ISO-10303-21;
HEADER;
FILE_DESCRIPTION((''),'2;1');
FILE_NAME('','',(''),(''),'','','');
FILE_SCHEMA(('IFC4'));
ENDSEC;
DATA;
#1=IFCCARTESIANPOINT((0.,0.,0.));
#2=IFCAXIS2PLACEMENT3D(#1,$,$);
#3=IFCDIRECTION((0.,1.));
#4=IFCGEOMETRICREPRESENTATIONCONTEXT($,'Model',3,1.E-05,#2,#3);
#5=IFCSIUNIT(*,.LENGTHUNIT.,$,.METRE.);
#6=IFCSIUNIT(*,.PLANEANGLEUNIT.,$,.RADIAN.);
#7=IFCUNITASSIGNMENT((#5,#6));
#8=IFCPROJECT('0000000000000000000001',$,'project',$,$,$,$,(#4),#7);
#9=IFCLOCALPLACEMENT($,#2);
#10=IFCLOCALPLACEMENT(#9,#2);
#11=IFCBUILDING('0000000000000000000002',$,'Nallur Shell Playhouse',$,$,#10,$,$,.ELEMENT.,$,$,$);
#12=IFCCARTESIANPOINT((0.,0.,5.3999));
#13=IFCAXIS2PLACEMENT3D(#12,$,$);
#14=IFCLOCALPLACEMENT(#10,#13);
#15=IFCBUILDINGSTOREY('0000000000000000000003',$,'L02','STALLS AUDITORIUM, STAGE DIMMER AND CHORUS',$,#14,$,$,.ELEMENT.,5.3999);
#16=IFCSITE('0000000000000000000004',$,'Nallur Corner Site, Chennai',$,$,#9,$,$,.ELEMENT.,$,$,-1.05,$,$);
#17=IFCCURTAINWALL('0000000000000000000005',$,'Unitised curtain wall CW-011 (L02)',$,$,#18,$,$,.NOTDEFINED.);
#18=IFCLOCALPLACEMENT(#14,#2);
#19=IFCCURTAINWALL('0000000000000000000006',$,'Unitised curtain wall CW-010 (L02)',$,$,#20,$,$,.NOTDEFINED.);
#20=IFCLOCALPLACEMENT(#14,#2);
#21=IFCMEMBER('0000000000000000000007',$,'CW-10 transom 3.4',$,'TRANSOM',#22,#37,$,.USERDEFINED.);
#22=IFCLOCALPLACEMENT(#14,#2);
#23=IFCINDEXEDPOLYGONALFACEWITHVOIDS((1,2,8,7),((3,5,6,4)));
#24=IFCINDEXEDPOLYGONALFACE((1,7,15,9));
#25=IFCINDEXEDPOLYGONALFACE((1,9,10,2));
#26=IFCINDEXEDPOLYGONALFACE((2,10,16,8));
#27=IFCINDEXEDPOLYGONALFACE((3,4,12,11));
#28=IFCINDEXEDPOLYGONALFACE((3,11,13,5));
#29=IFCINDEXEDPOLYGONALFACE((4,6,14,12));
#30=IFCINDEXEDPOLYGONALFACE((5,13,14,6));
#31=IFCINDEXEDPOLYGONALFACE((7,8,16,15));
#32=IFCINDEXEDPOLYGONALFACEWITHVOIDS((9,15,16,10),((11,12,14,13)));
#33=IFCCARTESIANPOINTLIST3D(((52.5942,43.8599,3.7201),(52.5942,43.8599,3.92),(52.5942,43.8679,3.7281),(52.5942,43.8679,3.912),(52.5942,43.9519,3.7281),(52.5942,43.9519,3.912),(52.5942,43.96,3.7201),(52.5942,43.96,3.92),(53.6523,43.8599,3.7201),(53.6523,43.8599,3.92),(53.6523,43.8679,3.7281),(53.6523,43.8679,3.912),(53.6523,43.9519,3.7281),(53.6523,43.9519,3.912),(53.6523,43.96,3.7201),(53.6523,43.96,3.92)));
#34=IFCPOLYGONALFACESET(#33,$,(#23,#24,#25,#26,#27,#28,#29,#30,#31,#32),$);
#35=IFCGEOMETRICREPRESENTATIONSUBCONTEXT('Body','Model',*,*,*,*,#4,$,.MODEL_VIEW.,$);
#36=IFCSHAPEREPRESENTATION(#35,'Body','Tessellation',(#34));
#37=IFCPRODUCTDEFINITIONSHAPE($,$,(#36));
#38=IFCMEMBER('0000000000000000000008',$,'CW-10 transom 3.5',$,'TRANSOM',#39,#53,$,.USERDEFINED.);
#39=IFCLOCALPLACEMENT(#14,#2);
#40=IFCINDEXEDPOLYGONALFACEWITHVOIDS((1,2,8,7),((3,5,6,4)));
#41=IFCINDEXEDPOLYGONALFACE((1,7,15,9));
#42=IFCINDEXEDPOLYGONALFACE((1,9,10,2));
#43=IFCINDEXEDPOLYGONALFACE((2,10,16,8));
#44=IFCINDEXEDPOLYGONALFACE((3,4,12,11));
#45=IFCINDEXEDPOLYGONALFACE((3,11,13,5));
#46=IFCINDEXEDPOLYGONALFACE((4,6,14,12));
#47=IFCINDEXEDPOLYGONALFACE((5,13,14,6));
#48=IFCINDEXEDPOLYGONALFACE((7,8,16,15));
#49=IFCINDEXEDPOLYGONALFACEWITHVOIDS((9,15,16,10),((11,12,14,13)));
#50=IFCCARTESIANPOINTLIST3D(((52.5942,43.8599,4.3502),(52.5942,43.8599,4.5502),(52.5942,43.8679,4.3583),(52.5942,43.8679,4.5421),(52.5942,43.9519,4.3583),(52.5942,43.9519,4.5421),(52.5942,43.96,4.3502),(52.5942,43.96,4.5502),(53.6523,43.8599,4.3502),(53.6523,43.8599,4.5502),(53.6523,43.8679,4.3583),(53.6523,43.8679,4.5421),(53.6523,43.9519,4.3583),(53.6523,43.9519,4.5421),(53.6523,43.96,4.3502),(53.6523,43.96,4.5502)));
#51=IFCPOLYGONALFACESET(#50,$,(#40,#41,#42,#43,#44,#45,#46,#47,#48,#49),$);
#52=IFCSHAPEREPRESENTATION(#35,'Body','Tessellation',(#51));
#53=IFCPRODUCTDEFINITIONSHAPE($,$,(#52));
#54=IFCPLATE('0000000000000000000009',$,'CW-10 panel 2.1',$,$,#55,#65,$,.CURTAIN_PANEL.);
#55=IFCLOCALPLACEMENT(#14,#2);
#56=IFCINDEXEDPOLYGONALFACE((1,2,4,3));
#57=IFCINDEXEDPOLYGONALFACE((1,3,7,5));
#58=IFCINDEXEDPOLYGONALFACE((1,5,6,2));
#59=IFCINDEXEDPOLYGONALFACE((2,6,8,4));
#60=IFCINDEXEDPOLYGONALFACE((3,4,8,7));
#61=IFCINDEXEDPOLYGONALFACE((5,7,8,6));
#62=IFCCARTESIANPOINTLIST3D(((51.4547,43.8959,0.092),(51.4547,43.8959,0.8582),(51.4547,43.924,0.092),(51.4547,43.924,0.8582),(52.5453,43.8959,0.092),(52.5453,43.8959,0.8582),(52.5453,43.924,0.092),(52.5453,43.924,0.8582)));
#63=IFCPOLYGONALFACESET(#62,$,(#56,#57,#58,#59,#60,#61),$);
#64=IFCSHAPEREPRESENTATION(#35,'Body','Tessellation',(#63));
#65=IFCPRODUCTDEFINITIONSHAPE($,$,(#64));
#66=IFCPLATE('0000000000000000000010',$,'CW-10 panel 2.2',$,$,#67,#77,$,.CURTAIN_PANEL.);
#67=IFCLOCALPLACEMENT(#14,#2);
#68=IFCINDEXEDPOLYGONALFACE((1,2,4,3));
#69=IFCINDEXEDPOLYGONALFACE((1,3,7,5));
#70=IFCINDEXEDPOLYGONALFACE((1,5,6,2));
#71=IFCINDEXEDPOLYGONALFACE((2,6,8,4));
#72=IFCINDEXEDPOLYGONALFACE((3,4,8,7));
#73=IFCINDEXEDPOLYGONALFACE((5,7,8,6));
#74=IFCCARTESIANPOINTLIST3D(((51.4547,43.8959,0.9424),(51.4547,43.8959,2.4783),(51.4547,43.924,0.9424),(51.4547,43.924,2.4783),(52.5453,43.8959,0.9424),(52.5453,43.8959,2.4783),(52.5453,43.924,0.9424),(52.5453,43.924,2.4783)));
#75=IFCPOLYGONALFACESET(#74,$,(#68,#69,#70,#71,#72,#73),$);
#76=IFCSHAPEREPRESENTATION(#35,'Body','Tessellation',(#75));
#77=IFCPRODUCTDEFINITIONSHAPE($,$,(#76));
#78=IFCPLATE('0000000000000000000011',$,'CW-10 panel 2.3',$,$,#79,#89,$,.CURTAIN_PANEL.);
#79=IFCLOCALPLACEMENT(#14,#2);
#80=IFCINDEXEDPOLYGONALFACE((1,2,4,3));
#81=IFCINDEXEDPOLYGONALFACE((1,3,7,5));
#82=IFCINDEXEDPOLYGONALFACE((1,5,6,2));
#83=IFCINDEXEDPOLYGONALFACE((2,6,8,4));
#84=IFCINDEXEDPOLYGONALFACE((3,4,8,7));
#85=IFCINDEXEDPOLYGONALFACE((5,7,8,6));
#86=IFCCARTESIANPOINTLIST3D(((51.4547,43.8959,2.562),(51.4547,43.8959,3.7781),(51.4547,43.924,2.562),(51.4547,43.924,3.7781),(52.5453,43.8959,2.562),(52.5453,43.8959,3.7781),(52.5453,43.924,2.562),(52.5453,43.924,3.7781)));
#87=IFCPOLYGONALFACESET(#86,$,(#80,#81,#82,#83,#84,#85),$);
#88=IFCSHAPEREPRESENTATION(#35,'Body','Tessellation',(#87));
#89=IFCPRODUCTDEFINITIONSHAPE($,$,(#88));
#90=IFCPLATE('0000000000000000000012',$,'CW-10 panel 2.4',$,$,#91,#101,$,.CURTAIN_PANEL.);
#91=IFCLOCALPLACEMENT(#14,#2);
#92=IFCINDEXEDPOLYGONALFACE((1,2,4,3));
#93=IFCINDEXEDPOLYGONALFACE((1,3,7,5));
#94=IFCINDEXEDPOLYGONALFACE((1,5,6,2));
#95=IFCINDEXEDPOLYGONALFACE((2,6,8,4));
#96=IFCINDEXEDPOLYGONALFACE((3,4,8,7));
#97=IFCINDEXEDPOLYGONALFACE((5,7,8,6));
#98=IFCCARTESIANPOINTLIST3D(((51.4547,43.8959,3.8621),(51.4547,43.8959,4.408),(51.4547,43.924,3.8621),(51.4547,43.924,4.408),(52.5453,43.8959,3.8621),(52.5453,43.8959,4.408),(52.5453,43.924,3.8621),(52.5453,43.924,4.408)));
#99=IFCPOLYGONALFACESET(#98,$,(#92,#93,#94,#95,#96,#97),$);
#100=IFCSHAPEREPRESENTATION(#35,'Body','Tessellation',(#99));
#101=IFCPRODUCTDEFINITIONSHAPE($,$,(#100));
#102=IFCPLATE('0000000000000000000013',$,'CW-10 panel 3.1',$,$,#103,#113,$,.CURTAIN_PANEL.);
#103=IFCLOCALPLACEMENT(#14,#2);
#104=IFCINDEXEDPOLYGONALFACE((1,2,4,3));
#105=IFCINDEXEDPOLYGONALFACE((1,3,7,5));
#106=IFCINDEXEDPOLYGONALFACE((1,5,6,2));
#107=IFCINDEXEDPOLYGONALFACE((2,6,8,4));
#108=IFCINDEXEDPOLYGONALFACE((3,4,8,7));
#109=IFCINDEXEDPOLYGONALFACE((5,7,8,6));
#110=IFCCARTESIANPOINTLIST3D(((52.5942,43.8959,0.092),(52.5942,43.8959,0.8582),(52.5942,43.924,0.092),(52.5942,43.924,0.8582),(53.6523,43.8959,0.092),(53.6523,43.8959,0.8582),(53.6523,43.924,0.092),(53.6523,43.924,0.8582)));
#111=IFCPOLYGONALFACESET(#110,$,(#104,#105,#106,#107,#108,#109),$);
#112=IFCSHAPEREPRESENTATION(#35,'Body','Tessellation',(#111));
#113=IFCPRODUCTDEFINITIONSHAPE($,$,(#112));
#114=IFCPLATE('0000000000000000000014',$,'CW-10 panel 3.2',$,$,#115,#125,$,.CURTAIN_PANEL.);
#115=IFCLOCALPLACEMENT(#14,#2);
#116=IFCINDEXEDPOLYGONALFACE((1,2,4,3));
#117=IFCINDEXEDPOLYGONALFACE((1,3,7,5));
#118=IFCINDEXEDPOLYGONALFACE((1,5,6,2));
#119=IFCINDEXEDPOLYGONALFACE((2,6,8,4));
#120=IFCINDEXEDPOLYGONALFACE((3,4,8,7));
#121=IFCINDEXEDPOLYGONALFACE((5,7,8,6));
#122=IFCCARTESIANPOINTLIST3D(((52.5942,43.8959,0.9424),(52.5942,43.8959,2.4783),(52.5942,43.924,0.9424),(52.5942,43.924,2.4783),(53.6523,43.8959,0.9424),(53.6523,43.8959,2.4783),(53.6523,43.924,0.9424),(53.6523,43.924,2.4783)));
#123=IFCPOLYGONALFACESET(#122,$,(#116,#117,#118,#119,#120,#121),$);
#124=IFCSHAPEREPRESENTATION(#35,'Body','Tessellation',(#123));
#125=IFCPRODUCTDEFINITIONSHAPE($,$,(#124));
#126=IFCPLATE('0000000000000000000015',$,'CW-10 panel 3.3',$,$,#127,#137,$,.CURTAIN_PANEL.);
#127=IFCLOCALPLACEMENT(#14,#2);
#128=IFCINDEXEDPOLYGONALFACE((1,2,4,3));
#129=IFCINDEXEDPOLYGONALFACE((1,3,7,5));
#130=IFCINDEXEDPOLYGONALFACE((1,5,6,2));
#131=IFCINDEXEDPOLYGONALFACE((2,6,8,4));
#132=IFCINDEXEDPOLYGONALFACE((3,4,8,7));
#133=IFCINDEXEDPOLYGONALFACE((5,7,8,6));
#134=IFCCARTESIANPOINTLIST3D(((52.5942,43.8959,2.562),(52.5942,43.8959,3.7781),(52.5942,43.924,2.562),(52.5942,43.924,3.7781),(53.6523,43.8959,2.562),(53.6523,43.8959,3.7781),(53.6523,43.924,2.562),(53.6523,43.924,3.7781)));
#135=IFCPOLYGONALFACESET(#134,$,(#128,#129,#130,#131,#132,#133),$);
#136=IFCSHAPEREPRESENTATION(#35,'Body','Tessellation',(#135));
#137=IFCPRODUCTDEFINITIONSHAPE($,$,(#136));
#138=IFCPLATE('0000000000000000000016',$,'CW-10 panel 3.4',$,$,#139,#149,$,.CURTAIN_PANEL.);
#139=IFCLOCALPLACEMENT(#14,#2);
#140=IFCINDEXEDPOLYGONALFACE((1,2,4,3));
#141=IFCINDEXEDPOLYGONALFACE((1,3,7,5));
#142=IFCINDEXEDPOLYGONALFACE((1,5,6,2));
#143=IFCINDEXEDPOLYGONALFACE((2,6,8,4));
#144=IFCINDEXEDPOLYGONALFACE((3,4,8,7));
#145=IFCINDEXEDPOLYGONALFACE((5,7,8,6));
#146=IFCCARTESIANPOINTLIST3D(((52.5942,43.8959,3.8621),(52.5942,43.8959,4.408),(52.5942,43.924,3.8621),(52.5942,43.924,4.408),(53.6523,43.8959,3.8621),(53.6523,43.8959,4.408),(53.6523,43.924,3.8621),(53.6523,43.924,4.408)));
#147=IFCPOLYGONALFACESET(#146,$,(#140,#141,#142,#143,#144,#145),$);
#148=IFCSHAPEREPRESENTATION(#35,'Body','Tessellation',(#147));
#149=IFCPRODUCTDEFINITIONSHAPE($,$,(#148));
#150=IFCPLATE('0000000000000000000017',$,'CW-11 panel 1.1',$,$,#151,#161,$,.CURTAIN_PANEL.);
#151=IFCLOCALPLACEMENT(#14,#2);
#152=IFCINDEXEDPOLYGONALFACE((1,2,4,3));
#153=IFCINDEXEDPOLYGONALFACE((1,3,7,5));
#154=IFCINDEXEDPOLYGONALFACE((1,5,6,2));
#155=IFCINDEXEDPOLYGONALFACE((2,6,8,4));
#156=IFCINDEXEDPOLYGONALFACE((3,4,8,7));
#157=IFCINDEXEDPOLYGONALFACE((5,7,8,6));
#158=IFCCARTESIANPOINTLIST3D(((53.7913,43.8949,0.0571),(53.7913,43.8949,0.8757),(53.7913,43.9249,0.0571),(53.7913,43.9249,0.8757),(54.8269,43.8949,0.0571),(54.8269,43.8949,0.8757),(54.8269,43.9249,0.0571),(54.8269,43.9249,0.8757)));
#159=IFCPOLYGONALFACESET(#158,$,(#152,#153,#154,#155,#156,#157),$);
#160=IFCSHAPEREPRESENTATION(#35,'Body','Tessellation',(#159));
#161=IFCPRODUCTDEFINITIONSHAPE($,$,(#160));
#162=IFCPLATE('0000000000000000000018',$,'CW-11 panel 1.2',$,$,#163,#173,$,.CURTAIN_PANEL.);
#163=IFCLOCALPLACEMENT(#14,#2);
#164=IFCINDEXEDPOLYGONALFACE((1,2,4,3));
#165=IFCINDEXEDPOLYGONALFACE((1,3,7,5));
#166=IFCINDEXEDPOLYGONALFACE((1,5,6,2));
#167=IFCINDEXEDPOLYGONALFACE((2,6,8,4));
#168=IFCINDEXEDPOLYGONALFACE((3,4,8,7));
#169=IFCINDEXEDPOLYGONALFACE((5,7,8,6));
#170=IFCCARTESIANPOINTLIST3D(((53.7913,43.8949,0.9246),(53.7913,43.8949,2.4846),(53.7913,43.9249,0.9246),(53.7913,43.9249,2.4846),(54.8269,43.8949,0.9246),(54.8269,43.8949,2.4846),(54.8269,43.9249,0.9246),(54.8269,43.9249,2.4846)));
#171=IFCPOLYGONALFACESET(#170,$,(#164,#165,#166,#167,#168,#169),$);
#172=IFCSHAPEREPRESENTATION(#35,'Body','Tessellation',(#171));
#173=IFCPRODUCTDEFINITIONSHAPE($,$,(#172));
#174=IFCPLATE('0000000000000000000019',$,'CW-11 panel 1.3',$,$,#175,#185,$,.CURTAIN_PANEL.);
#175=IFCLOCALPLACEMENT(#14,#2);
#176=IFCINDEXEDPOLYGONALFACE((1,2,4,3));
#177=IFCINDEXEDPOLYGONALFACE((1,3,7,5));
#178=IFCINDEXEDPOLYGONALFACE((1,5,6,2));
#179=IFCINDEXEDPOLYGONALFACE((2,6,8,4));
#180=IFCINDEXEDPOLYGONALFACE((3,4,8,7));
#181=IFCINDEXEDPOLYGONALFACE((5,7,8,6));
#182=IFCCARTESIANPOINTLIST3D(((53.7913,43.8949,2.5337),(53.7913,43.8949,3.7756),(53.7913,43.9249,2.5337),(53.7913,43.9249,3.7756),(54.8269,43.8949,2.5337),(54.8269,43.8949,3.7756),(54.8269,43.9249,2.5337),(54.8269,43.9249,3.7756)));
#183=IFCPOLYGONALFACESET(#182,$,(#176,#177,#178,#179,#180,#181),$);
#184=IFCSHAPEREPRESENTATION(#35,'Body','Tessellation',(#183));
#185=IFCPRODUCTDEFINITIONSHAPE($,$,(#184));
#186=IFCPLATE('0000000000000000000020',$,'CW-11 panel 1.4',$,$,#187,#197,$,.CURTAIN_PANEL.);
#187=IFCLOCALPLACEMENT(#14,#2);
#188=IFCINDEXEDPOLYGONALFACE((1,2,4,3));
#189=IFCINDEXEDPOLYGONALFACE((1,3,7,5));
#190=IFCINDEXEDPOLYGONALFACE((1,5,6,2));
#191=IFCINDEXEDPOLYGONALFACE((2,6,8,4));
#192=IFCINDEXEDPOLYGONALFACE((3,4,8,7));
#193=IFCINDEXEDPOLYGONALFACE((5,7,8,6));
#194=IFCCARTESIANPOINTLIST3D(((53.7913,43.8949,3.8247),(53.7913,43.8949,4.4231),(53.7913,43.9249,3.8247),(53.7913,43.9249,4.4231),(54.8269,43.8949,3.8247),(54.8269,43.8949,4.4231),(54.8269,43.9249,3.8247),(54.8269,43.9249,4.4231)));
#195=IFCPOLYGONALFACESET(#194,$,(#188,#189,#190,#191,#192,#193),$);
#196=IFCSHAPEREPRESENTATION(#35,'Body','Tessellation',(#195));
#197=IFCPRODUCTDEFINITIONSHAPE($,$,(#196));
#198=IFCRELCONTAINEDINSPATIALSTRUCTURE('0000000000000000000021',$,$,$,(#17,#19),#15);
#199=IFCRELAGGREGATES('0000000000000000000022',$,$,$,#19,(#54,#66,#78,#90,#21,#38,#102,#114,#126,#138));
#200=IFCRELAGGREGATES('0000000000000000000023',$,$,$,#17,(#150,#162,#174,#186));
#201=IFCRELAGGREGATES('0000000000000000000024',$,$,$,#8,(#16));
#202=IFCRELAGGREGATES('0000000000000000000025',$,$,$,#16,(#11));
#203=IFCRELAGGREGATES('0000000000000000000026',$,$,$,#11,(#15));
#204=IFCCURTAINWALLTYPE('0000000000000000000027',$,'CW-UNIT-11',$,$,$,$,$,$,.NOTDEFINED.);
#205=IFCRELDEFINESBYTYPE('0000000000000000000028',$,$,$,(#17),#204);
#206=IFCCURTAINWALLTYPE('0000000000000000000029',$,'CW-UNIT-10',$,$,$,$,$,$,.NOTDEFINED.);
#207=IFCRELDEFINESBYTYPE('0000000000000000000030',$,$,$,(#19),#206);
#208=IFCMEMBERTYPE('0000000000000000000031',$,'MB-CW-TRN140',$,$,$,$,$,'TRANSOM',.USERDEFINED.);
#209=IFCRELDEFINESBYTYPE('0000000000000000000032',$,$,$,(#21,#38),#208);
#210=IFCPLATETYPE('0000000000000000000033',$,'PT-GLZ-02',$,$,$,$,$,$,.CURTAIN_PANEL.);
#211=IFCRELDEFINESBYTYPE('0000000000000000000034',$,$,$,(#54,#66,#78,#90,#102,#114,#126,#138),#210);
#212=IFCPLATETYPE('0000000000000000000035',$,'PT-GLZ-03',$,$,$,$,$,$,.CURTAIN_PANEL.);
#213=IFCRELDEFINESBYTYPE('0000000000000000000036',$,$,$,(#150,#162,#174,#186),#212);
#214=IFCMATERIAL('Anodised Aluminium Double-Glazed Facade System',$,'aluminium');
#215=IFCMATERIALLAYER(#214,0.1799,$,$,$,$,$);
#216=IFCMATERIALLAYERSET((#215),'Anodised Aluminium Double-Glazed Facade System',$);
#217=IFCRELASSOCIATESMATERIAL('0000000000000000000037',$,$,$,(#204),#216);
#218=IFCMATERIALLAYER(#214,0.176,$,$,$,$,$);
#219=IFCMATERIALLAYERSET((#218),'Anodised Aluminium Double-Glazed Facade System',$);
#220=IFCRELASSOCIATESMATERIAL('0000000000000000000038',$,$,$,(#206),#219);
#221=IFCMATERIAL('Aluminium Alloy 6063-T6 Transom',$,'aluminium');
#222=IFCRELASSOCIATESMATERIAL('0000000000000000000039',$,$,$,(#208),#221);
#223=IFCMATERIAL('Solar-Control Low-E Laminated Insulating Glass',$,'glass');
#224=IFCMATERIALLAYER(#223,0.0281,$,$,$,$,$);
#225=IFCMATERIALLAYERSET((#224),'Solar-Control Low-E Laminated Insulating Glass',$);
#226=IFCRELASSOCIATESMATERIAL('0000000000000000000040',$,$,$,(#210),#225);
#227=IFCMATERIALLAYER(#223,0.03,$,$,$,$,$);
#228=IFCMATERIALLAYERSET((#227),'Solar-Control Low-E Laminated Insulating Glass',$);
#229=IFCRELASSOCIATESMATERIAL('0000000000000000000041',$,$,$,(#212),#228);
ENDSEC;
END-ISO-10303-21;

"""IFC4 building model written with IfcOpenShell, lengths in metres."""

from ifc_helpers import new_model, si_unit, direction, frame, origin, origin_2d, place, context, subcontext, project, spatial, rectangle, hollow_rectangle, extrude, material, layer, layer_set, material_profile, profile_set, type_object, element, aggregate, save


model = new_model("IFC4")

# Units and contexts
model_context = context("Model", 3, precision=1e-05, world=origin(), true_north=direction((0.0, 1.0)))
body_context = subcontext(model_context, "Body", "Model", "MODEL_VIEW")
ifc_project = project(units=[si_unit("LENGTHUNIT", "METRE"), si_unit("PLANEANGLEUNIT", "RADIAN")], contexts=[model_context])

# Site, building, storey
site_placement = place(None, origin())
site = spatial("IfcSite", under=ifc_project, at=site_placement, Name="Nallur Corner Site, Chennai", CompositionType="ELEMENT", RefElevation=-1.05)
building_placement = place(site_placement, origin())
building = spatial("IfcBuilding", under=site, at=building_placement, Name="Nallur Shell Playhouse", CompositionType="ELEMENT")
storey_placement = place(building_placement, frame((0.0, 0.0, 5.3999)))
storey = spatial("IfcBuildingStorey", under=building, at=storey_placement, Name="L02", Description="STALLS AUDITORIUM, STAGE DIMMER AND CHORUS", CompositionType="ELEMENT", Elevation=5.3999)

# Curtain walls
ifc_material_1 = material(Name="Anodised Aluminium Double-Glazed Facade System", Category="aluminium")
ifc_layer_1 = layer(ifc_material_1, 0.1799)
ifc_layer_set_1 = layer_set([ifc_layer_1], Name="Anodised Aluminium Double-Glazed Facade System")
curtain_wall_type_1 = type_object("IfcCurtainWallType", Name="CW-UNIT-11", PredefinedType="NOTDEFINED", material=ifc_layer_set_1)
curtain_wall_1_placement = place(storey_placement, origin())
curtain_wall_1 = element("IfcCurtainWall", 1, at=curtain_wall_1_placement, inside=storey, type_object=curtain_wall_type_1, Name="Unitised curtain wall CW-011 (L02)", PredefinedType="NOTDEFINED")
ifc_layer_2 = layer(ifc_material_1, 0.176)
ifc_layer_set_2 = layer_set([ifc_layer_2], Name="Anodised Aluminium Double-Glazed Facade System")
curtain_wall_type_2 = type_object("IfcCurtainWallType", Name="CW-UNIT-10", PredefinedType="NOTDEFINED", material=ifc_layer_set_2)
curtain_wall_2_placement = place(storey_placement, origin())
curtain_wall_2 = element("IfcCurtainWall", 2, at=curtain_wall_2_placement, inside=storey, type_object=curtain_wall_type_2, Name="Unitised curtain wall CW-010 (L02)", PredefinedType="NOTDEFINED")

# Members
ifc_material_2 = material(Name="Aluminium Alloy 6063-T6 Transom", Category="aluminium")
ifc_material_profile_1 = material_profile(ifc_material_2, hollow_rectangle(XDim=0.1001, YDim=0.2, WallThickness=0.0081, at=origin_2d()), Name="RHS 200x100x8")
ifc_profile_set_1 = profile_set([ifc_material_profile_1], Name="Aluminium Alloy 6063-T6 Transom")
member_type_1 = type_object("IfcMemberType", Name="MB-CW-TRN140", ElementType="TRANSOM", PredefinedType="USERDEFINED", material=ifc_profile_set_1)
member_1_placement = place(storey_placement, frame((52.5942, 43.9099, 3.8201), z_axis=(1.0, 0.0, 0.0), x_axis=(0.0, 1.0, 0.0)))
member_1 = element("IfcMember", 3, at=member_1_placement, type_object=member_type_1, Name="CW-10 transom 3.4", ObjectType="TRANSOM", PredefinedType="USERDEFINED", context=body_context, shape_type="SweptSolid", body=[
    extrude(hollow_rectangle(XDim=0.1001, YDim=0.2, WallThickness=0.0081, at=origin_2d()), origin(), (0.0, 0.0, 1.0), 1.0581),
])
member_2_placement = place(storey_placement, frame((52.5942, 43.9099, 4.4502), z_axis=(1.0, 0.0, 0.0), x_axis=(0.0, 1.0, 0.0)))
member_2 = element("IfcMember", 4, at=member_2_placement, type_object=member_type_1, Name="CW-10 transom 3.5", ObjectType="TRANSOM", PredefinedType="USERDEFINED", context=body_context, shape_type="SweptSolid", body=[
    extrude(hollow_rectangle(XDim=0.1001, YDim=0.2, WallThickness=0.0081, at=origin_2d()), origin(), (0.0, 0.0, 1.0), 1.0581),
])

# Plates
ifc_material_3 = material(Name="Solar-Control Low-E Laminated Insulating Glass", Category="glass")
ifc_layer_3 = layer(ifc_material_3, 0.0281)
ifc_layer_set_3 = layer_set([ifc_layer_3], Name="Solar-Control Low-E Laminated Insulating Glass")
plate_type_1 = type_object("IfcPlateType", Name="PT-GLZ-02", PredefinedType="CURTAIN_PANEL", material=ifc_layer_set_3)
plate_1_placement = place(storey_placement, frame((52.0, 43.9099, 0.092), z_axis=(0.0, 0.0, 1.0), x_axis=(1.0, 0.0, 0.0)))
plate_1 = element("IfcPlate", 5, at=plate_1_placement, type_object=plate_type_1, Name="CW-10 panel 2.1", PredefinedType="CURTAIN_PANEL", context=body_context, shape_type="SweptSolid", body=[
    extrude(rectangle(XDim=1.0906, YDim=0.0281, at=origin_2d()), origin(), (0.0, 0.0, 1.0), 0.7661),
])
plate_2_placement = place(storey_placement, frame((52.0, 43.9099, 0.9424), z_axis=(0.0, 0.0, 1.0), x_axis=(1.0, 0.0, 0.0)))
plate_2 = element("IfcPlate", 6, at=plate_2_placement, type_object=plate_type_1, Name="CW-10 panel 2.2", PredefinedType="CURTAIN_PANEL", context=body_context, shape_type="SweptSolid", body=[
    extrude(rectangle(XDim=1.0906, YDim=0.0281, at=origin_2d()), origin(), (0.0, 0.0, 1.0), 1.5359),
])
plate_3_placement = place(storey_placement, frame((52.0, 43.9099, 2.562), z_axis=(0.0, 0.0, 1.0), x_axis=(1.0, 0.0, 0.0)))
plate_3 = element("IfcPlate", 7, at=plate_3_placement, type_object=plate_type_1, Name="CW-10 panel 2.3", PredefinedType="CURTAIN_PANEL", context=body_context, shape_type="SweptSolid", body=[
    extrude(rectangle(XDim=1.0906, YDim=0.0281, at=origin_2d()), origin(), (0.0, 0.0, 1.0), 1.2161),
])
plate_4_placement = place(storey_placement, frame((52.0, 43.9099, 3.8621), z_axis=(0.0, 0.0, 1.0), x_axis=(1.0, 0.0, 0.0)))
plate_4 = element("IfcPlate", 8, at=plate_4_placement, type_object=plate_type_1, Name="CW-10 panel 2.4", PredefinedType="CURTAIN_PANEL", context=body_context, shape_type="SweptSolid", body=[
    extrude(rectangle(XDim=1.0906, YDim=0.0281, at=origin_2d()), origin(), (0.0, 0.0, 1.0), 0.5459),
])
plate_5_placement = place(storey_placement, frame((53.1233, 43.9099, 0.092), z_axis=(0.0, 0.0, 1.0), x_axis=(1.0, 0.0, 0.0)))
plate_5 = element("IfcPlate", 9, at=plate_5_placement, type_object=plate_type_1, Name="CW-10 panel 3.1", PredefinedType="CURTAIN_PANEL", context=body_context, shape_type="SweptSolid", body=[
    extrude(rectangle(XDim=1.0581, YDim=0.0281, at=origin_2d()), origin(), (0.0, 0.0, 1.0), 0.7661),
])
plate_6_placement = place(storey_placement, frame((53.1233, 43.9099, 0.9424), z_axis=(0.0, 0.0, 1.0), x_axis=(1.0, 0.0, 0.0)))
plate_6 = element("IfcPlate", 10, at=plate_6_placement, type_object=plate_type_1, Name="CW-10 panel 3.2", PredefinedType="CURTAIN_PANEL", context=body_context, shape_type="SweptSolid", body=[
    extrude(rectangle(XDim=1.0581, YDim=0.0281, at=origin_2d()), origin(), (0.0, 0.0, 1.0), 1.5359),
])
plate_7_placement = place(storey_placement, frame((53.1233, 43.9099, 2.562), z_axis=(0.0, 0.0, 1.0), x_axis=(1.0, 0.0, 0.0)))
plate_7 = element("IfcPlate", 11, at=plate_7_placement, type_object=plate_type_1, Name="CW-10 panel 3.3", PredefinedType="CURTAIN_PANEL", context=body_context, shape_type="SweptSolid", body=[
    extrude(rectangle(XDim=1.0581, YDim=0.0281, at=origin_2d()), origin(), (0.0, 0.0, 1.0), 1.2161),
])
plate_8_placement = place(storey_placement, frame((53.1233, 43.9099, 3.8621), z_axis=(0.0, 0.0, 1.0), x_axis=(1.0, 0.0, 0.0)))
plate_8 = element("IfcPlate", 12, at=plate_8_placement, type_object=plate_type_1, Name="CW-10 panel 3.4", PredefinedType="CURTAIN_PANEL", context=body_context, shape_type="SweptSolid", body=[
    extrude(rectangle(XDim=1.0581, YDim=0.0281, at=origin_2d()), origin(), (0.0, 0.0, 1.0), 0.5459),
])
aggregate(curtain_wall_2, [plate_1, plate_2, plate_3, plate_4, member_1, member_2, plate_5, plate_6, plate_7, plate_8])
ifc_layer_4 = layer(ifc_material_3, 0.03)
ifc_layer_set_4 = layer_set([ifc_layer_4], Name="Solar-Control Low-E Laminated Insulating Glass")
plate_type_2 = type_object("IfcPlateType", Name="PT-GLZ-03", PredefinedType="CURTAIN_PANEL", material=ifc_layer_set_4)
plate_9_placement = place(storey_placement, frame((54.3091, 43.9099, 0.0571), z_axis=(0.0, 0.0, 1.0), x_axis=(1.0, 0.0, 0.0)))
plate_9 = element("IfcPlate", 13, at=plate_9_placement, type_object=plate_type_2, Name="CW-11 panel 1.1", PredefinedType="CURTAIN_PANEL", context=body_context, shape_type="SweptSolid", body=[
    extrude(rectangle(XDim=1.0356, YDim=0.03, at=origin_2d()), origin(), (0.0, 0.0, 1.0), 0.8186),
])
plate_10_placement = place(storey_placement, frame((54.3091, 43.9099, 0.9246), z_axis=(0.0, 0.0, 1.0), x_axis=(1.0, 0.0, 0.0)))
plate_10 = element("IfcPlate", 14, at=plate_10_placement, type_object=plate_type_2, Name="CW-11 panel 1.2", PredefinedType="CURTAIN_PANEL", context=body_context, shape_type="SweptSolid", body=[
    extrude(rectangle(XDim=1.0356, YDim=0.03, at=origin_2d()), origin(), (0.0, 0.0, 1.0), 1.5601),
])
plate_11_placement = place(storey_placement, frame((54.3091, 43.9099, 2.5337), z_axis=(0.0, 0.0, 1.0), x_axis=(1.0, 0.0, 0.0)))
plate_11 = element("IfcPlate", 15, at=plate_11_placement, type_object=plate_type_2, Name="CW-11 panel 1.3", PredefinedType="CURTAIN_PANEL", context=body_context, shape_type="SweptSolid", body=[
    extrude(rectangle(XDim=1.0356, YDim=0.03, at=origin_2d()), origin(), (0.0, 0.0, 1.0), 1.2419),
])
plate_12_placement = place(storey_placement, frame((54.3091, 43.9099, 3.8247), z_axis=(0.0, 0.0, 1.0), x_axis=(1.0, 0.0, 0.0)))
plate_12 = element("IfcPlate", 16, at=plate_12_placement, type_object=plate_type_2, Name="CW-11 panel 1.4", PredefinedType="CURTAIN_PANEL", context=body_context, shape_type="SweptSolid", body=[
    extrude(rectangle(XDim=1.0356, YDim=0.03, at=origin_2d()), origin(), (0.0, 0.0, 1.0), 0.5984),
])
aggregate(curtain_wall_1, [plate_9, plate_10, plate_11, plate_12])

save(model, "model.ifc")
